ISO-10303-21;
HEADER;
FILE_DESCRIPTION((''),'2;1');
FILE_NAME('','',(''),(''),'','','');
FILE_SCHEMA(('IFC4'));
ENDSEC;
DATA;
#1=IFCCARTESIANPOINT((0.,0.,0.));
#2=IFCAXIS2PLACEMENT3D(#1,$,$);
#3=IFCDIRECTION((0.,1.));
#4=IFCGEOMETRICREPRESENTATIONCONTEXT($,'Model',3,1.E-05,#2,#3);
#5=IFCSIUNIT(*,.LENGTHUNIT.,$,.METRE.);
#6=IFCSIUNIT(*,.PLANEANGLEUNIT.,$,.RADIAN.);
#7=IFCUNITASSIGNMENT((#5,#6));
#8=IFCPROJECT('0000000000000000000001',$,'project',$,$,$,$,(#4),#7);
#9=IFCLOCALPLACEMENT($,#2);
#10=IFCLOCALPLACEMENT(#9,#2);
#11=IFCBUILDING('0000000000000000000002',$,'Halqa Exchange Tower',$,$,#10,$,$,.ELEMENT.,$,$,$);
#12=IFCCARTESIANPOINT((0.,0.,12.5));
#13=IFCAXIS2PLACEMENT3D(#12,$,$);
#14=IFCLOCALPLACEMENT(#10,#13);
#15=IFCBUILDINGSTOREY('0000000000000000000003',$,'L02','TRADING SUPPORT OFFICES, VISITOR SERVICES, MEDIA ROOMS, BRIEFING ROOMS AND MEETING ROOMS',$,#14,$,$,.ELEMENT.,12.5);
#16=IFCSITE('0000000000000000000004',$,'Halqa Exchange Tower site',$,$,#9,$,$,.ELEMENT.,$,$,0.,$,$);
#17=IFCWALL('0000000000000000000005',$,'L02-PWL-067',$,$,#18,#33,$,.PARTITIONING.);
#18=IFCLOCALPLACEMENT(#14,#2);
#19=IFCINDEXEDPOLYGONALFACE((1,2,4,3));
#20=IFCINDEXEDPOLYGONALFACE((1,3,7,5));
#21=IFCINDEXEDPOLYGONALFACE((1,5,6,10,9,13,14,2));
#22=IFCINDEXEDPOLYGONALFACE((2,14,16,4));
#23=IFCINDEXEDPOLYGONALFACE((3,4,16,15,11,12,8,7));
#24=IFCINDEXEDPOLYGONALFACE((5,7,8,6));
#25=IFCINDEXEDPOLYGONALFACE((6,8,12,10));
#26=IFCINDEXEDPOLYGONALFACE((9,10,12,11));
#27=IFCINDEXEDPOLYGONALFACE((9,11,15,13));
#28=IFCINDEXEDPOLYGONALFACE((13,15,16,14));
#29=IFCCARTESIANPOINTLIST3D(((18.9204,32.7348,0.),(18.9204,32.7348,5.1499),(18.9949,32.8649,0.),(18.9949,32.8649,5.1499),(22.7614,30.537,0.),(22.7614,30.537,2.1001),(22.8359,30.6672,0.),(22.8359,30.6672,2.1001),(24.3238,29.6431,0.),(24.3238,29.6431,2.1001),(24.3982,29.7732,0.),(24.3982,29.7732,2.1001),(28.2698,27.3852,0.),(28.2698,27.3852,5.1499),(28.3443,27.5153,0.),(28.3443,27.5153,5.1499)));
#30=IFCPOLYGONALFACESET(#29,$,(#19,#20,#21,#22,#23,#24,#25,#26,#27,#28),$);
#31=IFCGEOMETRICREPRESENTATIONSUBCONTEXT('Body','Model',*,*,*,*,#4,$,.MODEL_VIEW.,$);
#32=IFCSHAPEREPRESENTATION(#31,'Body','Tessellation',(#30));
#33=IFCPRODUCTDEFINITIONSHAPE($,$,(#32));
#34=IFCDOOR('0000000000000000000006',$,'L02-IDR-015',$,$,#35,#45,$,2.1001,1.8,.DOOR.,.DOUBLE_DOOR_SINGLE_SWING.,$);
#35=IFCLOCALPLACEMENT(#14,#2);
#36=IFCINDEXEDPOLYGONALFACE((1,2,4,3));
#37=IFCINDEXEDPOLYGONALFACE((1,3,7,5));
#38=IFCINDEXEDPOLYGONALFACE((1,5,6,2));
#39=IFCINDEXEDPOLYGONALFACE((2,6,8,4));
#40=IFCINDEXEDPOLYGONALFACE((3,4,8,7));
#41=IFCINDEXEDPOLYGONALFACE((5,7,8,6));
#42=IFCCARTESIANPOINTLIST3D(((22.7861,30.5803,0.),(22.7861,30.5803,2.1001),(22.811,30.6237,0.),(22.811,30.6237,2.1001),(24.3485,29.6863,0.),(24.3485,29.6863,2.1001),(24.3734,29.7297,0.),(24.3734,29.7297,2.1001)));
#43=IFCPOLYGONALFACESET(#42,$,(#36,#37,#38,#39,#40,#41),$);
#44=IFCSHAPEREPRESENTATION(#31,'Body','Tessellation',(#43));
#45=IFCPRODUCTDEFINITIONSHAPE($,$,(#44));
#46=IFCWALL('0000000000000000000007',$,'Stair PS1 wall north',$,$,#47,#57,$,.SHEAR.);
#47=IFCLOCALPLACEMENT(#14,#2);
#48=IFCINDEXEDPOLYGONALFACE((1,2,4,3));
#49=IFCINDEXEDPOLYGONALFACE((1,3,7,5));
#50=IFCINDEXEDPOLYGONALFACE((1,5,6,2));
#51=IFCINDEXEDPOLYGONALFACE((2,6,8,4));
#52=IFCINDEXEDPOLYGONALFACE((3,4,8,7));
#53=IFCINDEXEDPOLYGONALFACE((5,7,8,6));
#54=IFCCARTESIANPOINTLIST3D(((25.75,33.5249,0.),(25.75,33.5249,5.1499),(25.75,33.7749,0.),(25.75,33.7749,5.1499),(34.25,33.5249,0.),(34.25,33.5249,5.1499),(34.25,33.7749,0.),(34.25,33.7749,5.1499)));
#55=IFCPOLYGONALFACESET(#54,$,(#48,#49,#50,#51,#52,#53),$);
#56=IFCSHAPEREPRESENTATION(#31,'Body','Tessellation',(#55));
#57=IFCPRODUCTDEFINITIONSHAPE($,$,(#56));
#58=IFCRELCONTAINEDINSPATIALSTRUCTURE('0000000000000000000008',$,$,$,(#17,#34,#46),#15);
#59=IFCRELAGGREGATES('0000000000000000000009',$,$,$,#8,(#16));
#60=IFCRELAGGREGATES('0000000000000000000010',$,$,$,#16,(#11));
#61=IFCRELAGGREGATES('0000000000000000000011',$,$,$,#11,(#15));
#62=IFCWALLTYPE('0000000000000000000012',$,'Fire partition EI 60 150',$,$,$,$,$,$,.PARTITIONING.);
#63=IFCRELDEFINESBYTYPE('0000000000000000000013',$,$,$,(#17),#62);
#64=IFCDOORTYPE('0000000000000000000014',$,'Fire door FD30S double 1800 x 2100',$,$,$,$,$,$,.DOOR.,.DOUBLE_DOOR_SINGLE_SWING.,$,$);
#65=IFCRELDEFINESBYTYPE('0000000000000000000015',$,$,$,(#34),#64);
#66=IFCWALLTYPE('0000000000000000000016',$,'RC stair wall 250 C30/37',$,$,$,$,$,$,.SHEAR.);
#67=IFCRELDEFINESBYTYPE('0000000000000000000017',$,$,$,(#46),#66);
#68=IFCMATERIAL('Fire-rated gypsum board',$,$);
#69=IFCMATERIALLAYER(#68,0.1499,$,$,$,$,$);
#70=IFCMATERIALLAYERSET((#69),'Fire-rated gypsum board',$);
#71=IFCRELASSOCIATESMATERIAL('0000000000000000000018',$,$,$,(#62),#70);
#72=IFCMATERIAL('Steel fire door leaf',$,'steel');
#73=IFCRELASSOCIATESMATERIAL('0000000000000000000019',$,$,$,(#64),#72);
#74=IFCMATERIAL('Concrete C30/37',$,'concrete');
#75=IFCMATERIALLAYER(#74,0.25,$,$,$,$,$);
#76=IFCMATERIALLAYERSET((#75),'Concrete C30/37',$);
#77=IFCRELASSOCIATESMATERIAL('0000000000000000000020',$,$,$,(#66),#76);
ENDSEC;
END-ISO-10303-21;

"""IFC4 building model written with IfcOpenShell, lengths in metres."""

from ifc_helpers import new_model, si_unit, direction, frame, frame_2d, origin, place, context, subcontext, project, spatial, rectangle, extrude, material, layer, layer_set, type_object, element, fill, save


model = new_model("IFC4")

# Units and contexts
model_context = context("Model", 3, precision=1e-05, world=origin(), true_north=direction((0.0, 1.0)))
body_context = subcontext(model_context, "Body", "Model", "MODEL_VIEW")
ifc_project = project(units=[si_unit("LENGTHUNIT", "METRE"), si_unit("PLANEANGLEUNIT", "RADIAN")], contexts=[model_context])

# Site, building, storey
site_placement = place(None, origin())
site = spatial("IfcSite", under=ifc_project, at=site_placement, Name="Halqa Exchange Tower site", CompositionType="ELEMENT", RefElevation=0.0)
building_placement = place(site_placement, origin())
building = spatial("IfcBuilding", under=site, at=building_placement, Name="Halqa Exchange Tower", CompositionType="ELEMENT")
storey_placement = place(building_placement, frame((0.0, 0.0, 12.5)))
storey = spatial("IfcBuildingStorey", under=building, at=storey_placement, Name="L02", Description="TRADING SUPPORT OFFICES, VISITOR SERVICES, MEDIA ROOMS, BRIEFING ROOMS AND MEETING ROOMS", CompositionType="ELEMENT", Elevation=12.5)

# Shared definitions
ifc_material_1 = material(Name="Fire-rated gypsum board")
ifc_layer_1 = layer(ifc_material_1, 0.1499)
ifc_layer_set_1 = layer_set([ifc_layer_1], Name="Fire-rated gypsum board")
wall_type_1 = type_object("IfcWallType", Name="Fire partition EI 60 150", PredefinedType="PARTITIONING", material=ifc_layer_set_1)

# Wall, opening, door
wall_1_placement = place(storey_placement, frame((18.9578, 32.7998, 0.0), z_axis=(0.0, 0.0, 1.0), x_axis=(0.867958, -0.496637, 0.0)))
wall_1 = element("IfcWall", 1, at=wall_1_placement, inside=storey, type_object=wall_type_1, Name="L02-PWL-067", PredefinedType="PARTITIONING", context=body_context, shape_type="SweptSolid", body=[
    extrude(rectangle(XDim=10.7717, YDim=0.1499, at=frame_2d((5.3857, 0.0))), origin(), (0.0, 0.0, 1.0), 5.1499),
])
opening_placement = place(wall_1_placement, frame((4.4253, 0.0, 0.0)))
opening = element("IfcOpeningElement", 2, at=opening_placement, cuts=wall_1, PredefinedType="OPENING", context=body_context, shape_type="SweptSolid", body=[
    extrude(rectangle(XDim=1.8, YDim=2.1001, at=frame_2d((0.8999, 1.05))), frame((0.0, 0.0869, 0.0), z_axis=(0.0, -1.0, 0.0), x_axis=(1.0, 0.0, 0.0)), (0.0, 0.0, 1.0), 0.1738),
])
ifc_material_2 = material(Name="Steel fire door leaf", Category="steel")
door_type = type_object("IfcDoorType", Name="Fire door FD30S double 1800 x 2100", OperationType="DOUBLE_DOOR_SINGLE_SWING", PredefinedType="DOOR", material=ifc_material_2)
door_placement = place(opening_placement, origin())
door = element("IfcDoor", 3, at=door_placement, inside=storey, type_object=door_type, Name="L02-IDR-015", OperationType="DOUBLE_DOOR_SINGLE_SWING", OverallHeight=2.1001, OverallWidth=1.8, PredefinedType="DOOR", context=body_context, shape_type="SweptSolid", body=[
    extrude(rectangle(XDim=1.8, YDim=2.1001, at=frame_2d((0.8999, 1.05))), frame((0.0, 0.0249, 0.0), z_axis=(0.0, -1.0, 0.0), x_axis=(1.0, 0.0, 0.0)), (0.0, 0.0, 1.0), 0.05),
])
fill(opening, door)

# Wall
ifc_material_3 = material(Name="Concrete C30/37", Category="concrete")
ifc_layer_2 = layer(ifc_material_3, 0.25)
ifc_layer_set_2 = layer_set([ifc_layer_2], Name="Concrete C30/37")
wall_type_2 = type_object("IfcWallType", Name="RC stair wall 250 C30/37", PredefinedType="SHEAR", material=ifc_layer_set_2)
wall_2_placement = place(storey_placement, frame((25.75, 33.6499, 0.0), z_axis=(0.0, 0.0, 1.0), x_axis=(1.0, 0.0, 0.0)))
element("IfcWall", 4, at=wall_2_placement, inside=storey, type_object=wall_type_2, Name="Stair PS1 wall north", PredefinedType="SHEAR", context=body_context, shape_type="SweptSolid", body=[
    extrude(rectangle(XDim=8.5, YDim=0.25, at=frame_2d((4.25, 0.0))), origin(), (0.0, 0.0, 1.0), 5.1499),
])

save(model, "model.ifc")
